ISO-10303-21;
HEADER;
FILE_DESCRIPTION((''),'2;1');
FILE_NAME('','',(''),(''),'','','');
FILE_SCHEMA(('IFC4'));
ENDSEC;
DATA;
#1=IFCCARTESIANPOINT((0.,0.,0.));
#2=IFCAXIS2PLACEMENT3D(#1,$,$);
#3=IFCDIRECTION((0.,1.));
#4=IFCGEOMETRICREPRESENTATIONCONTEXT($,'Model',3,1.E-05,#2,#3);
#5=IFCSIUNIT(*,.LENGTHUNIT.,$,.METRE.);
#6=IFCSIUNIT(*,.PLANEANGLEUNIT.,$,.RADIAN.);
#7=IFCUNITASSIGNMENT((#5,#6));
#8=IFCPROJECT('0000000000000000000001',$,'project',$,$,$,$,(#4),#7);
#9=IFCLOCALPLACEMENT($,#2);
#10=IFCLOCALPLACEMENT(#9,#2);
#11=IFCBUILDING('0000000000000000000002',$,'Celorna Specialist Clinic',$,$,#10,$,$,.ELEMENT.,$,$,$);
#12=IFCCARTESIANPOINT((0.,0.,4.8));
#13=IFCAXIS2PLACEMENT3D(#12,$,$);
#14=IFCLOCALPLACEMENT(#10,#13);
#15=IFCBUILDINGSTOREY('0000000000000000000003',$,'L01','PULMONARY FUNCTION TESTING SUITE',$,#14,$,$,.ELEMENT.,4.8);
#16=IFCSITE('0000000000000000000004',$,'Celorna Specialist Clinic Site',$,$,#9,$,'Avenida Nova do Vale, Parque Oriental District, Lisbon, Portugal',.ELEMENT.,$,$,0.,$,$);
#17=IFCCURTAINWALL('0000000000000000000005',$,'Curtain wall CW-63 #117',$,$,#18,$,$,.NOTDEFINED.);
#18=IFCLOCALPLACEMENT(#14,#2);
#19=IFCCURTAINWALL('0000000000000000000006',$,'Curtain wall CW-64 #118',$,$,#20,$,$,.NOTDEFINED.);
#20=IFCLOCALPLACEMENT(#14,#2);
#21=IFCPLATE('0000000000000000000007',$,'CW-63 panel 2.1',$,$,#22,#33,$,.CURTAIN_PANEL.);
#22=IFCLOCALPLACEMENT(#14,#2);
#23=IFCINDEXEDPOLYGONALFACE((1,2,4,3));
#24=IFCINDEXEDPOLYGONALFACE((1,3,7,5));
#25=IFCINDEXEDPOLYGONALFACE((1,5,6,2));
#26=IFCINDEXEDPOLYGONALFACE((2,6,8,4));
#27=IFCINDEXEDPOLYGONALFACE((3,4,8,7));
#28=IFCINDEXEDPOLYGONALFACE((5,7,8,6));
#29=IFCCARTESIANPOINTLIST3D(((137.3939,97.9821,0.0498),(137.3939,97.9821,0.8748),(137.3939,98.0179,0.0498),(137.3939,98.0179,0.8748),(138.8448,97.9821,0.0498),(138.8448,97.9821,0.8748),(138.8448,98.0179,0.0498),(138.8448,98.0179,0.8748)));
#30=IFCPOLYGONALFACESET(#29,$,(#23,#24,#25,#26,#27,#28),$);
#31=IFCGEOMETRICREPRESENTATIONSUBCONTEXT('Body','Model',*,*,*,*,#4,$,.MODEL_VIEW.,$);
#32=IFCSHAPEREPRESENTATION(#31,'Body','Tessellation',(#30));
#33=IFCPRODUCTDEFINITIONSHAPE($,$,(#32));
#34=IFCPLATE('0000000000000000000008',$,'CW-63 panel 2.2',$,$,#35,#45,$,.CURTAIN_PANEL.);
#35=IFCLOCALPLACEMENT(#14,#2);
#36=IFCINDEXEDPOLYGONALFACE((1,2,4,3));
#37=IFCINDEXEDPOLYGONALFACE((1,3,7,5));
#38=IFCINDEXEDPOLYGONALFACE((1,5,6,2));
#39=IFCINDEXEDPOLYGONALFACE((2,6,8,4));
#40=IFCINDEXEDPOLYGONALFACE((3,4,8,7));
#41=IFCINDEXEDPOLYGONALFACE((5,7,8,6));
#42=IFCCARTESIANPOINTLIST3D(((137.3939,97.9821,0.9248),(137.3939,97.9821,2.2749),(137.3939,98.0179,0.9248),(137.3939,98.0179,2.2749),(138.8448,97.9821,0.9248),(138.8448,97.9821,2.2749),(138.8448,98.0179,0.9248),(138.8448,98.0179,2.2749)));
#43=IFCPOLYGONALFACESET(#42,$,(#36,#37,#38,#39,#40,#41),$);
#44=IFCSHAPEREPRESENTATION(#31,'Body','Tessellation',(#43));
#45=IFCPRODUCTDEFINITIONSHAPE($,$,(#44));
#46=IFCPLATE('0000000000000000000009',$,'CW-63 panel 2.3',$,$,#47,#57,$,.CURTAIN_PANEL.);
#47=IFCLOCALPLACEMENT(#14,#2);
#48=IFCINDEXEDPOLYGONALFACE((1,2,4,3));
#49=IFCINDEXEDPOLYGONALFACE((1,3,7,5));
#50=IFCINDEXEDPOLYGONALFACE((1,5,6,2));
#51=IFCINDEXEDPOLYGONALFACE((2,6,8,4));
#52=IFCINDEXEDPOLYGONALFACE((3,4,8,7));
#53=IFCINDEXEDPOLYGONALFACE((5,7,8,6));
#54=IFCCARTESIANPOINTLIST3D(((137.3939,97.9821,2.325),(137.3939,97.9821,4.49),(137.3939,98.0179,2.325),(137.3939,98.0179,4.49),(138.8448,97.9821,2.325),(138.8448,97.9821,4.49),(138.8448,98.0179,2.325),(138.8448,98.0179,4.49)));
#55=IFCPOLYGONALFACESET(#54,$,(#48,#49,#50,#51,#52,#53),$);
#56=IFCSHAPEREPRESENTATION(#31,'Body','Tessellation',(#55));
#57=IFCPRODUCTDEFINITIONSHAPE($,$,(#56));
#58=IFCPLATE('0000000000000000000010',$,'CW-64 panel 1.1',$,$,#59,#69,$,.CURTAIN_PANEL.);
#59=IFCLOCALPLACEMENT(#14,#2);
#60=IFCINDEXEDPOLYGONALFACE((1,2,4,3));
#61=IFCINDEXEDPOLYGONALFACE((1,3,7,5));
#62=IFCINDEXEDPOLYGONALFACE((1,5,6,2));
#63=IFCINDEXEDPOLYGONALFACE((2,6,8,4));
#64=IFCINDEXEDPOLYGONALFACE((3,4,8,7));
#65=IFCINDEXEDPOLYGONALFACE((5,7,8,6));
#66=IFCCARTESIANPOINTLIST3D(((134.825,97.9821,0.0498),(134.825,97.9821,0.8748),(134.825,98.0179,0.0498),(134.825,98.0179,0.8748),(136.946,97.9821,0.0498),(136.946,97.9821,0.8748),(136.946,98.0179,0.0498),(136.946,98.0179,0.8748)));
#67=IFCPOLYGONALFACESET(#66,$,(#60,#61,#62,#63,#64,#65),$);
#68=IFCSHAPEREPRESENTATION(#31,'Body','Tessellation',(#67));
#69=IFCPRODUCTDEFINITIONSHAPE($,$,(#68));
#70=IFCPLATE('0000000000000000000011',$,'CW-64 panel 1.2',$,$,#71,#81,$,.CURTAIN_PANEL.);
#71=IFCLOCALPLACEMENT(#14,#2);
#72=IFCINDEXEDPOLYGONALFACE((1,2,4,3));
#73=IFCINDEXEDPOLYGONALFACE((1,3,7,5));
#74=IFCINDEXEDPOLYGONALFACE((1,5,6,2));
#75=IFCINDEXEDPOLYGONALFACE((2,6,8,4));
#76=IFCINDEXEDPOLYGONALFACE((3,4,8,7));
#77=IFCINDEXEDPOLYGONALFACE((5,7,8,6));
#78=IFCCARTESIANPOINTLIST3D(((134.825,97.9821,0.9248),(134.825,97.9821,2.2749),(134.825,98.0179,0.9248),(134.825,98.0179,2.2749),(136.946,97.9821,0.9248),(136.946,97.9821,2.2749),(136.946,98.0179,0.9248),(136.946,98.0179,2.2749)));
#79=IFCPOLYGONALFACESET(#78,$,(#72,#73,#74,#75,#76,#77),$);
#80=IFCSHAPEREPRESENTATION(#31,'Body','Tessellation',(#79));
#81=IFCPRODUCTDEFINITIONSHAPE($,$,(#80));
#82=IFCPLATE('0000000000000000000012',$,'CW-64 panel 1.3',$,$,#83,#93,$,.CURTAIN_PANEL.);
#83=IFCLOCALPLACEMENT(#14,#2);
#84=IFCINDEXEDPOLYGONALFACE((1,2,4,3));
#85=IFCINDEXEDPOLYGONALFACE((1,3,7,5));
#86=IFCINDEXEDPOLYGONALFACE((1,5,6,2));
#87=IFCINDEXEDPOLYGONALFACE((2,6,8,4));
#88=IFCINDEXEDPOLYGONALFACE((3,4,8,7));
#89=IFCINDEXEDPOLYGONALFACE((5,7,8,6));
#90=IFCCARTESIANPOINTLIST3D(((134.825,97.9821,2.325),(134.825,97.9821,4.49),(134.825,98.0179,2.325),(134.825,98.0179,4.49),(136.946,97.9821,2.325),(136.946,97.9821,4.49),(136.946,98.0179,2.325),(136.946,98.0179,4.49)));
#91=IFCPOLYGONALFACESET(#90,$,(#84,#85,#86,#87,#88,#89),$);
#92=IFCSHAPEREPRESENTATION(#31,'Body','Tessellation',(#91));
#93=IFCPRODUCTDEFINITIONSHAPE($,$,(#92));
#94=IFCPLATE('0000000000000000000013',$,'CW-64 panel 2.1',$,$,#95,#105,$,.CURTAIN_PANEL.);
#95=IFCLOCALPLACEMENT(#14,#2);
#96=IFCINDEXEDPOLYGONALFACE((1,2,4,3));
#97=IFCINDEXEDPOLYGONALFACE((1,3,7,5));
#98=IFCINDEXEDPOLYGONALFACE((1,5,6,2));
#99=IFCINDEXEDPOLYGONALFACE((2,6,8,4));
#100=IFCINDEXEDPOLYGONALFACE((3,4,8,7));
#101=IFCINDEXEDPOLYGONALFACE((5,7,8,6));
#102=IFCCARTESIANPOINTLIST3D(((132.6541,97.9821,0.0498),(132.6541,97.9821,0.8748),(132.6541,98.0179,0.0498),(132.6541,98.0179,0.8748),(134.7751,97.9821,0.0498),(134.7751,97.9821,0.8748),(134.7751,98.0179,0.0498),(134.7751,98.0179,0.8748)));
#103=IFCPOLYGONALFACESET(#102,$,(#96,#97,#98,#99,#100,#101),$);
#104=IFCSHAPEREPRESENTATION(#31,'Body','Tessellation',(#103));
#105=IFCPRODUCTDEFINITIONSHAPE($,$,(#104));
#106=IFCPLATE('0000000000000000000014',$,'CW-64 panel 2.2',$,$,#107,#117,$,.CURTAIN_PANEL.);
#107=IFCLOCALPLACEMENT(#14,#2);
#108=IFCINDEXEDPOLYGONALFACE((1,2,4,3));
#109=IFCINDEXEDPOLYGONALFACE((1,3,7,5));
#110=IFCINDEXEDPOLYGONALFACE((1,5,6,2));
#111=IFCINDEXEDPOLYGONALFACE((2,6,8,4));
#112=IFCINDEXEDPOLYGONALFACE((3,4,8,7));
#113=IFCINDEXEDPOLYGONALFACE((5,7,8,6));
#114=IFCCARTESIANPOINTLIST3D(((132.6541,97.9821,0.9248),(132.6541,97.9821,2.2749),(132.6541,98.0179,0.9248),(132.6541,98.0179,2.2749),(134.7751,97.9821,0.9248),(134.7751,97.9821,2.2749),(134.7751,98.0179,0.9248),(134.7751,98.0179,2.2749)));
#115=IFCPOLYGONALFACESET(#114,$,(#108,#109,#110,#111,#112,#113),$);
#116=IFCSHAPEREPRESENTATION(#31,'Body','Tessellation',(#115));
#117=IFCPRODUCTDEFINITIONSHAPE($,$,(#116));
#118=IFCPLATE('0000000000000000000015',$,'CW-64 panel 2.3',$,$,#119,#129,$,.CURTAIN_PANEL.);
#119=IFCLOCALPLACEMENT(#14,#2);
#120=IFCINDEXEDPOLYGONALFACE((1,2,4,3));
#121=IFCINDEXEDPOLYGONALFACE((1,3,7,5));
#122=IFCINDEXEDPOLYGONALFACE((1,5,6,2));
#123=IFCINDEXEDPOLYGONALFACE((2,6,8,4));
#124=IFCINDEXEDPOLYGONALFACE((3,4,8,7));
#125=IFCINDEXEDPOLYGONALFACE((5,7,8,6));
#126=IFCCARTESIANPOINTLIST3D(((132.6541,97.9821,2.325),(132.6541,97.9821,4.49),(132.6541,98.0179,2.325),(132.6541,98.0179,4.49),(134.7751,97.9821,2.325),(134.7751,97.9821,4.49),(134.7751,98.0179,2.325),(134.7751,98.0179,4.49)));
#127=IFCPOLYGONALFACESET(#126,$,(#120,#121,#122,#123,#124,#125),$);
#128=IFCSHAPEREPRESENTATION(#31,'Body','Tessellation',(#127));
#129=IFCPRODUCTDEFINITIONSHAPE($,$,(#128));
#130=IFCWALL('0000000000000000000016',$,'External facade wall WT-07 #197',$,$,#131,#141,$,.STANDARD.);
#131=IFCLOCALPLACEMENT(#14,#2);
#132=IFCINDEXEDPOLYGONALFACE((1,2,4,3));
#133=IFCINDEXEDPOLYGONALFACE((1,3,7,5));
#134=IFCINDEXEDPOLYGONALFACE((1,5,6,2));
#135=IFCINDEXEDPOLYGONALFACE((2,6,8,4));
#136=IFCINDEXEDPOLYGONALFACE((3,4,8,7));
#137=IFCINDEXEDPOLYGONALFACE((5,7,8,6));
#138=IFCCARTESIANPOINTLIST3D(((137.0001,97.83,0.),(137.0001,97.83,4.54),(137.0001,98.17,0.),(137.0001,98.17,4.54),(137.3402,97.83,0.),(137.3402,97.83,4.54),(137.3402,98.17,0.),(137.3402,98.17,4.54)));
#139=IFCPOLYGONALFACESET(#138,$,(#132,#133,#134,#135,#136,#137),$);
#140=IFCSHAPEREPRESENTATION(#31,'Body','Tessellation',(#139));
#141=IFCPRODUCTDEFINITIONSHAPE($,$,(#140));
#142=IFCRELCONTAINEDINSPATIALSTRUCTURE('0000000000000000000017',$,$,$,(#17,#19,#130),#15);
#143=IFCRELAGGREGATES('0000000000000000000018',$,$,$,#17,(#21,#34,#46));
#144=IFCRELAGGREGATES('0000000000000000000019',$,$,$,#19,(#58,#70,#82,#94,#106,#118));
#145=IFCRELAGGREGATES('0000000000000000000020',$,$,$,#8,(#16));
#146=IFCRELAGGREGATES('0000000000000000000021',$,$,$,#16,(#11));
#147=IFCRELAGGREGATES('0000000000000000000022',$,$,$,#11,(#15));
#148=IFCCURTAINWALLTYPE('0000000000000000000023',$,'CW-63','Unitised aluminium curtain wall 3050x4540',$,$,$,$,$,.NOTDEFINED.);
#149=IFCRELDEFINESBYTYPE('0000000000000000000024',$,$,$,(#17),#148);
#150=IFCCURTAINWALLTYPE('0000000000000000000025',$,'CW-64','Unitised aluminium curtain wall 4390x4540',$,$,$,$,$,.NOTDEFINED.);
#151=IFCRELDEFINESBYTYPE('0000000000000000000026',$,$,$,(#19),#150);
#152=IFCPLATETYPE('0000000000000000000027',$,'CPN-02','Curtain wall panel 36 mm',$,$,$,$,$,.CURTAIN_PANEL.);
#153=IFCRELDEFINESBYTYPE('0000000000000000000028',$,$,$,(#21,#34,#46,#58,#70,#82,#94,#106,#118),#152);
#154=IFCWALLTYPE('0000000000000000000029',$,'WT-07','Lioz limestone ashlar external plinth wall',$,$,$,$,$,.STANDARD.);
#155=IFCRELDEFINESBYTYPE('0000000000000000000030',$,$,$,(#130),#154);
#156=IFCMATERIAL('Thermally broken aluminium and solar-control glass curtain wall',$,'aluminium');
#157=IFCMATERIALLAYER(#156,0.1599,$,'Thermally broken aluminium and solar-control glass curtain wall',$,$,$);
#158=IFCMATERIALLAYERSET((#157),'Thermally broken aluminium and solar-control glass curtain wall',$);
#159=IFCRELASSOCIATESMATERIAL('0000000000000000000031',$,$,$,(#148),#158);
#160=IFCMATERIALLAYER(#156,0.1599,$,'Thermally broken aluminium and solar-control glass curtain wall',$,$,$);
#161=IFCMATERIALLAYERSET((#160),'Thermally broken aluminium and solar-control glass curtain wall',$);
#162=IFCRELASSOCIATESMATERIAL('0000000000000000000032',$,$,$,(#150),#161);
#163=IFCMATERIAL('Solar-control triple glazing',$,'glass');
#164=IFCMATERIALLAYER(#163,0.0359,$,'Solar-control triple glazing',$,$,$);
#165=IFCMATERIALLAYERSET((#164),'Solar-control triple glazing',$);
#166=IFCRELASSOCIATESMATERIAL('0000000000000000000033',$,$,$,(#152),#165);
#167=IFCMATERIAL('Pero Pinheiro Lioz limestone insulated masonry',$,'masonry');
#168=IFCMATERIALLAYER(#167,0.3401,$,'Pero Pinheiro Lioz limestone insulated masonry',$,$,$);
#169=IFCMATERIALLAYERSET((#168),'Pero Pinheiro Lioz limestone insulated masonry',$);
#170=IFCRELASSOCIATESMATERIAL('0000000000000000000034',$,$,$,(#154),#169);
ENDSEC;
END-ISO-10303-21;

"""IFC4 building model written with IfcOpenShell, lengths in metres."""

from ifc_helpers import new_model, si_unit, direction, frame, frame_2d, origin, origin_2d, place, context, subcontext, project, spatial, rectangle, extrude, material, layer, layer_set, type_object, element, aggregate, save


model = new_model("IFC4")

# Units and contexts
model_context = context("Model", 3, precision=1e-05, world=origin(), true_north=direction((0.0, 1.0)))
body_context = subcontext(model_context, "Body", "Model", "MODEL_VIEW")
ifc_project = project(units=[si_unit("LENGTHUNIT", "METRE"), si_unit("PLANEANGLEUNIT", "RADIAN")], contexts=[model_context])

# Site, building, storey
site_placement = place(None, origin())
site = spatial("IfcSite", under=ifc_project, at=site_placement, Name="Celorna Specialist Clinic Site", LongName="Avenida Nova do Vale, Parque Oriental District, Lisbon, Portugal", CompositionType="ELEMENT", RefElevation=0.0)
building_placement = place(site_placement, origin())
building = spatial("IfcBuilding", under=site, at=building_placement, Name="Celorna Specialist Clinic", CompositionType="ELEMENT")
storey_placement = place(building_placement, frame((0.0, 0.0, 4.8)))
storey = spatial("IfcBuildingStorey", under=building, at=storey_placement, Name="L01", Description="PULMONARY FUNCTION TESTING SUITE", CompositionType="ELEMENT", Elevation=4.8)

# Curtain walls
ifc_material_1 = material(Name="Thermally broken aluminium and solar-control glass curtain wall", Category="aluminium")
ifc_layer_1 = layer(ifc_material_1, 0.1599, Name="Thermally broken aluminium and solar-control glass curtain wall")
ifc_layer_set_1 = layer_set([ifc_layer_1], Name="Thermally broken aluminium and solar-control glass curtain wall")
curtain_wall_type_1 = type_object("IfcCurtainWallType", Name="CW-63", Description="Unitised aluminium curtain wall 3050x4540", PredefinedType="NOTDEFINED", material=ifc_layer_set_1)
curtain_wall_1_placement = place(storey_placement, origin())
curtain_wall_1 = element("IfcCurtainWall", 1, at=curtain_wall_1_placement, inside=storey, type_object=curtain_wall_type_1, Name="Curtain wall CW-63 #117", PredefinedType="NOTDEFINED")
ifc_layer_2 = layer(ifc_material_1, 0.1599, Name="Thermally broken aluminium and solar-control glass curtain wall")
ifc_layer_set_2 = layer_set([ifc_layer_2], Name="Thermally broken aluminium and solar-control glass curtain wall")
curtain_wall_type_2 = type_object("IfcCurtainWallType", Name="CW-64", Description="Unitised aluminium curtain wall 4390x4540", PredefinedType="NOTDEFINED", material=ifc_layer_set_2)
curtain_wall_2_placement = place(storey_placement, origin())
curtain_wall_2 = element("IfcCurtainWall", 2, at=curtain_wall_2_placement, inside=storey, type_object=curtain_wall_type_2, Name="Curtain wall CW-64 #118", PredefinedType="NOTDEFINED")

# Plates
ifc_material_2 = material(Name="Solar-control triple glazing", Category="glass")
ifc_layer_3 = layer(ifc_material_2, 0.0359, Name="Solar-control triple glazing")
ifc_layer_set_3 = layer_set([ifc_layer_3], Name="Solar-control triple glazing")
plate_type_1 = type_object("IfcPlateType", Name="CPN-02", Description="Curtain wall panel 36 mm", PredefinedType="CURTAIN_PANEL", material=ifc_layer_set_3)
plate_1_placement = place(storey_placement, frame((138.1194, 98.0, 0.0498), z_axis=(0.0, 0.0, 1.0), x_axis=(-1.0, 0.0, 0.0)))
plate_1 = element("IfcPlate", 3, at=plate_1_placement, type_object=plate_type_1, Name="CW-63 panel 2.1", PredefinedType="CURTAIN_PANEL", context=body_context, shape_type="SweptSolid", body=[
    extrude(rectangle(XDim=1.4509, YDim=0.0359, at=origin_2d()), origin(), (0.0, 0.0, 1.0), 0.825),
])
plate_2_placement = place(storey_placement, frame((138.1194, 98.0, 0.9248), z_axis=(0.0, 0.0, 1.0), x_axis=(-1.0, 0.0, 0.0)))
plate_2 = element("IfcPlate", 4, at=plate_2_placement, type_object=plate_type_1, Name="CW-63 panel 2.2", PredefinedType="CURTAIN_PANEL", context=body_context, shape_type="SweptSolid", body=[
    extrude(rectangle(XDim=1.4509, YDim=0.0359, at=origin_2d()), origin(), (0.0, 0.0, 1.0), 1.3501),
])
plate_3_placement = place(storey_placement, frame((138.1194, 98.0, 2.325), z_axis=(0.0, 0.0, 1.0), x_axis=(-1.0, 0.0, 0.0)))
plate_3 = element("IfcPlate", 5, at=plate_3_placement, type_object=plate_type_1, Name="CW-63 panel 2.3", PredefinedType="CURTAIN_PANEL", context=body_context, shape_type="SweptSolid", body=[
    extrude(rectangle(XDim=1.4509, YDim=0.0359, at=origin_2d()), origin(), (0.0, 0.0, 1.0), 2.165),
])
aggregate(curtain_wall_1, [plate_1, plate_2, plate_3])
plate_4_placement = place(storey_placement, frame((135.8855, 98.0, 0.0498), z_axis=(0.0, 0.0, 1.0), x_axis=(-1.0, 0.0, 0.0)))
plate_4 = element("IfcPlate", 6, at=plate_4_placement, type_object=plate_type_1, Name="CW-64 panel 1.1", PredefinedType="CURTAIN_PANEL", context=body_context, shape_type="SweptSolid", body=[
    extrude(rectangle(XDim=2.1211, YDim=0.0359, at=origin_2d()), origin(), (0.0, 0.0, 1.0), 0.825),
])
plate_5_placement = place(storey_placement, frame((135.8855, 98.0, 0.9248), z_axis=(0.0, 0.0, 1.0), x_axis=(-1.0, 0.0, 0.0)))
plate_5 = element("IfcPlate", 7, at=plate_5_placement, type_object=plate_type_1, Name="CW-64 panel 1.2", PredefinedType="CURTAIN_PANEL", context=body_context, shape_type="SweptSolid", body=[
    extrude(rectangle(XDim=2.1211, YDim=0.0359, at=origin_2d()), origin(), (0.0, 0.0, 1.0), 1.3501),
])
plate_6_placement = place(storey_placement, frame((135.8855, 98.0, 2.325), z_axis=(0.0, 0.0, 1.0), x_axis=(-1.0, 0.0, 0.0)))
plate_6 = element("IfcPlate", 8, at=plate_6_placement, type_object=plate_type_1, Name="CW-64 panel 1.3", PredefinedType="CURTAIN_PANEL", context=body_context, shape_type="SweptSolid", body=[
    extrude(rectangle(XDim=2.1211, YDim=0.0359, at=origin_2d()), origin(), (0.0, 0.0, 1.0), 2.165),
])
plate_7_placement = place(storey_placement, frame((133.7146, 98.0, 0.0498), z_axis=(0.0, 0.0, 1.0), x_axis=(-1.0, 0.0, 0.0)))
plate_7 = element("IfcPlate", 9, at=plate_7_placement, type_object=plate_type_1, Name="CW-64 panel 2.1", PredefinedType="CURTAIN_PANEL", context=body_context, shape_type="SweptSolid", body=[
    extrude(rectangle(XDim=2.1211, YDim=0.0359, at=origin_2d()), origin(), (0.0, 0.0, 1.0), 0.825),
])
plate_8_placement = place(storey_placement, frame((133.7146, 98.0, 0.9248), z_axis=(0.0, 0.0, 1.0), x_axis=(-1.0, 0.0, 0.0)))
plate_8 = element("IfcPlate", 10, at=plate_8_placement, type_object=plate_type_1, Name="CW-64 panel 2.2", PredefinedType="CURTAIN_PANEL", context=body_context, shape_type="SweptSolid", body=[
    extrude(rectangle(XDim=2.1211, YDim=0.0359, at=origin_2d()), origin(), (0.0, 0.0, 1.0), 1.3501),
])
plate_9_placement = place(storey_placement, frame((133.7146, 98.0, 2.325), z_axis=(0.0, 0.0, 1.0), x_axis=(-1.0, 0.0, 0.0)))
plate_9 = element("IfcPlate", 11, at=plate_9_placement, type_object=plate_type_1, Name="CW-64 panel 2.3", PredefinedType="CURTAIN_PANEL", context=body_context, shape_type="SweptSolid", body=[
    extrude(rectangle(XDim=2.1211, YDim=0.0359, at=origin_2d()), origin(), (0.0, 0.0, 1.0), 2.165),
])
aggregate(curtain_wall_2, [plate_4, plate_5, plate_6, plate_7, plate_8, plate_9])

# Wall
ifc_material_3 = material(Name="Pero Pinheiro Lioz limestone insulated masonry", Category="masonry")
ifc_layer_4 = layer(ifc_material_3, 0.3401, Name="Pero Pinheiro Lioz limestone insulated masonry")
ifc_layer_set_4 = layer_set([ifc_layer_4], Name="Pero Pinheiro Lioz limestone insulated masonry")
wall_type = type_object("IfcWallType", Name="WT-07", Description="Lioz limestone ashlar external plinth wall", PredefinedType="STANDARD", material=ifc_layer_set_4)
wall_placement = place(storey_placement, frame((137.3401, 98.0, 0.0), z_axis=(0.0, 0.0, 1.0), x_axis=(-1.0, 0.0, 0.0)))
element("IfcWall", 12, at=wall_placement, inside=storey, type_object=wall_type, Name="External facade wall WT-07 #197", PredefinedType="STANDARD", context=body_context, shape_type="SweptSolid", body=[
    extrude(rectangle(XDim=0.3401, YDim=0.3401, at=frame_2d((0.1699, 0.0))), origin(), (0.0, 0.0, 1.0), 4.54),
])

save(model, "model.ifc")
